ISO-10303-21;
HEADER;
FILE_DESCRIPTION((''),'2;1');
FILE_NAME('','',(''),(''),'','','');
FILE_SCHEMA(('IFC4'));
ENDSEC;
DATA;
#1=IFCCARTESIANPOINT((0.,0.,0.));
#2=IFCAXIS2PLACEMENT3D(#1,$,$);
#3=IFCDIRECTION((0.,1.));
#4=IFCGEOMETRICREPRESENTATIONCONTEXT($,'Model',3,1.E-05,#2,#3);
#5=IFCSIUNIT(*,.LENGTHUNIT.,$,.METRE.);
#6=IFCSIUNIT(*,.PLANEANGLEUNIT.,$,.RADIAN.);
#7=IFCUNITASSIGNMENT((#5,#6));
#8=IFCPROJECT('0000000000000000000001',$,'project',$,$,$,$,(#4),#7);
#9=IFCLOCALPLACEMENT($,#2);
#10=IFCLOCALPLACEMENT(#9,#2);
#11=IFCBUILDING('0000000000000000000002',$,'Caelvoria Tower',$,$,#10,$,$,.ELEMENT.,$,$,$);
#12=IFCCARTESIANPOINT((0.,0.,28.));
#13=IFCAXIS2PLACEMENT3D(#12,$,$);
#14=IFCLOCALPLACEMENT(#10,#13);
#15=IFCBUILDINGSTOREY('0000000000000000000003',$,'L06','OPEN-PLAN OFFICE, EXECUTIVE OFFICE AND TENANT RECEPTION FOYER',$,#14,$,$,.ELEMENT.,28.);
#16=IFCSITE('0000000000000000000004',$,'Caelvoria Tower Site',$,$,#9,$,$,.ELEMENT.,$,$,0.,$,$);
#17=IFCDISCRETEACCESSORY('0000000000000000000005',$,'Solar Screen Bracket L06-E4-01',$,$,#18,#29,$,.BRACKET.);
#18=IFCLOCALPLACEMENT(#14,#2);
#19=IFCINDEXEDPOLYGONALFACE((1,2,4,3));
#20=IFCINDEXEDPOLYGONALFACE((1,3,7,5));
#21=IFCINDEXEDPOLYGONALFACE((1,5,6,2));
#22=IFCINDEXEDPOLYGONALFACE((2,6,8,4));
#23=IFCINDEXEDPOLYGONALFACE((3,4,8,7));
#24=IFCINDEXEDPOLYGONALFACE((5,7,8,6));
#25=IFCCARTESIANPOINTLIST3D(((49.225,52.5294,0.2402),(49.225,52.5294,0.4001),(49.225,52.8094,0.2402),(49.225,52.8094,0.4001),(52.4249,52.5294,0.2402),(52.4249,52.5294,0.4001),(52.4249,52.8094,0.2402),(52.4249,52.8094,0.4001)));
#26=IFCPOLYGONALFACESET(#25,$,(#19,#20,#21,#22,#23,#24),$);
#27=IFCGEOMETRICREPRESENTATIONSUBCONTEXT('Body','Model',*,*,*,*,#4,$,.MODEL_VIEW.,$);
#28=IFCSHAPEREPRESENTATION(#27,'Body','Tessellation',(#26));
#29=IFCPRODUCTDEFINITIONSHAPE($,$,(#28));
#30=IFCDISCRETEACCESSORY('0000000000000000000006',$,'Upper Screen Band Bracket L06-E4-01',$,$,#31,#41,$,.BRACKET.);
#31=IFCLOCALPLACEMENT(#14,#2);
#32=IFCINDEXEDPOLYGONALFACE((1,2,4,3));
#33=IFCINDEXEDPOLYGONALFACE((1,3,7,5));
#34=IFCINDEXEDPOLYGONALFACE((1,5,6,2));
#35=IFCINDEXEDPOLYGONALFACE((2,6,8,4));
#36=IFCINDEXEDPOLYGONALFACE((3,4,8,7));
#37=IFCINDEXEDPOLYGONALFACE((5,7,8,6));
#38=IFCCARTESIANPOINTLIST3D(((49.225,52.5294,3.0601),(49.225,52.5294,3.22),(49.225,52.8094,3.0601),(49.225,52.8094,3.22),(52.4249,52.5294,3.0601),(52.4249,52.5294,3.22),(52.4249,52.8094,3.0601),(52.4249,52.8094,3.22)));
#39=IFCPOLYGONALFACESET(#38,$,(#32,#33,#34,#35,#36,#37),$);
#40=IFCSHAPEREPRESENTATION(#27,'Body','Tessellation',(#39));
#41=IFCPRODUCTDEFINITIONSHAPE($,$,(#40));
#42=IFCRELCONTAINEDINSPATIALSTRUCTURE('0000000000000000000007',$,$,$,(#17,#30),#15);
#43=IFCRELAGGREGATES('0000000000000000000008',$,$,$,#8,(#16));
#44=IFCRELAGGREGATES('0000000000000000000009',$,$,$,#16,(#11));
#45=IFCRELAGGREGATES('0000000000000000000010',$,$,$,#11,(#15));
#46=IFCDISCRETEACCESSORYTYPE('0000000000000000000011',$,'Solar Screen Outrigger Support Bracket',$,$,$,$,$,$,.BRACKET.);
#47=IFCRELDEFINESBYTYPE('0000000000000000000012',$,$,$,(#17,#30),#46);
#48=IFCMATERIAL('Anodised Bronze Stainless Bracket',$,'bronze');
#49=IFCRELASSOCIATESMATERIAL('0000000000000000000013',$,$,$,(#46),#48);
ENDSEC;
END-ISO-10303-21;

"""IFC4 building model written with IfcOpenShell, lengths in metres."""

from ifc_helpers import new_model, si_unit, direction, frame, origin, origin_2d, place, context, subcontext, project, spatial, rectangle, extrude, material, type_object, element, save


model = new_model("IFC4")

# Units and contexts
model_context = context("Model", 3, precision=1e-05, world=origin(), true_north=direction((0.0, 1.0)))
body_context = subcontext(model_context, "Body", "Model", "MODEL_VIEW")
ifc_project = project(units=[si_unit("LENGTHUNIT", "METRE"), si_unit("PLANEANGLEUNIT", "RADIAN")], contexts=[model_context])

# Site, building, storey
site_placement = place(None, origin())
site = spatial("IfcSite", under=ifc_project, at=site_placement, Name="Caelvoria Tower Site", CompositionType="ELEMENT", RefElevation=0.0)
building_placement = place(site_placement, origin())
building = spatial("IfcBuilding", under=site, at=building_placement, Name="Caelvoria Tower", CompositionType="ELEMENT")
storey_placement = place(building_placement, frame((0.0, 0.0, 28.0)))
storey = spatial("IfcBuildingStorey", under=building, at=storey_placement, Name="L06", Description="OPEN-PLAN OFFICE, EXECUTIVE OFFICE AND TENANT RECEPTION FOYER", CompositionType="ELEMENT", Elevation=28.0)

# Discrete accessories
ifc_material_1 = material(Name="Anodised Bronze Stainless Bracket", Category="bronze")
discrete_accessory_type = type_object("IfcDiscreteAccessoryType", Name="Solar Screen Outrigger Support Bracket", PredefinedType="BRACKET", material=ifc_material_1)
for number, where, z_axis, x_axis, name in (
    (1, (50.825, 52.6694, 0.2402), (0.0, 0.0, 1.0), (-1.0, 0.0, 0.0), "Solar Screen Bracket L06-E4-01"),
    (2, (50.825, 52.6694, 3.0601), (0.0, 0.0, 1.0), (-1.0, 0.0, 0.0), "Upper Screen Band Bracket L06-E4-01"),
):
    element("IfcDiscreteAccessory", number, at=place(storey_placement, frame(where, z_axis=z_axis, x_axis=x_axis)), inside=storey, type_object=discrete_accessory_type, Name=name, PredefinedType="BRACKET", context=body_context, shape_type="SweptSolid", body=[
        extrude(rectangle(XDim=3.2, YDim=0.28, at=origin_2d()), origin(), (0.0, 0.0, 1.0), 0.1599),
    ])

save(model, "model.ifc")
